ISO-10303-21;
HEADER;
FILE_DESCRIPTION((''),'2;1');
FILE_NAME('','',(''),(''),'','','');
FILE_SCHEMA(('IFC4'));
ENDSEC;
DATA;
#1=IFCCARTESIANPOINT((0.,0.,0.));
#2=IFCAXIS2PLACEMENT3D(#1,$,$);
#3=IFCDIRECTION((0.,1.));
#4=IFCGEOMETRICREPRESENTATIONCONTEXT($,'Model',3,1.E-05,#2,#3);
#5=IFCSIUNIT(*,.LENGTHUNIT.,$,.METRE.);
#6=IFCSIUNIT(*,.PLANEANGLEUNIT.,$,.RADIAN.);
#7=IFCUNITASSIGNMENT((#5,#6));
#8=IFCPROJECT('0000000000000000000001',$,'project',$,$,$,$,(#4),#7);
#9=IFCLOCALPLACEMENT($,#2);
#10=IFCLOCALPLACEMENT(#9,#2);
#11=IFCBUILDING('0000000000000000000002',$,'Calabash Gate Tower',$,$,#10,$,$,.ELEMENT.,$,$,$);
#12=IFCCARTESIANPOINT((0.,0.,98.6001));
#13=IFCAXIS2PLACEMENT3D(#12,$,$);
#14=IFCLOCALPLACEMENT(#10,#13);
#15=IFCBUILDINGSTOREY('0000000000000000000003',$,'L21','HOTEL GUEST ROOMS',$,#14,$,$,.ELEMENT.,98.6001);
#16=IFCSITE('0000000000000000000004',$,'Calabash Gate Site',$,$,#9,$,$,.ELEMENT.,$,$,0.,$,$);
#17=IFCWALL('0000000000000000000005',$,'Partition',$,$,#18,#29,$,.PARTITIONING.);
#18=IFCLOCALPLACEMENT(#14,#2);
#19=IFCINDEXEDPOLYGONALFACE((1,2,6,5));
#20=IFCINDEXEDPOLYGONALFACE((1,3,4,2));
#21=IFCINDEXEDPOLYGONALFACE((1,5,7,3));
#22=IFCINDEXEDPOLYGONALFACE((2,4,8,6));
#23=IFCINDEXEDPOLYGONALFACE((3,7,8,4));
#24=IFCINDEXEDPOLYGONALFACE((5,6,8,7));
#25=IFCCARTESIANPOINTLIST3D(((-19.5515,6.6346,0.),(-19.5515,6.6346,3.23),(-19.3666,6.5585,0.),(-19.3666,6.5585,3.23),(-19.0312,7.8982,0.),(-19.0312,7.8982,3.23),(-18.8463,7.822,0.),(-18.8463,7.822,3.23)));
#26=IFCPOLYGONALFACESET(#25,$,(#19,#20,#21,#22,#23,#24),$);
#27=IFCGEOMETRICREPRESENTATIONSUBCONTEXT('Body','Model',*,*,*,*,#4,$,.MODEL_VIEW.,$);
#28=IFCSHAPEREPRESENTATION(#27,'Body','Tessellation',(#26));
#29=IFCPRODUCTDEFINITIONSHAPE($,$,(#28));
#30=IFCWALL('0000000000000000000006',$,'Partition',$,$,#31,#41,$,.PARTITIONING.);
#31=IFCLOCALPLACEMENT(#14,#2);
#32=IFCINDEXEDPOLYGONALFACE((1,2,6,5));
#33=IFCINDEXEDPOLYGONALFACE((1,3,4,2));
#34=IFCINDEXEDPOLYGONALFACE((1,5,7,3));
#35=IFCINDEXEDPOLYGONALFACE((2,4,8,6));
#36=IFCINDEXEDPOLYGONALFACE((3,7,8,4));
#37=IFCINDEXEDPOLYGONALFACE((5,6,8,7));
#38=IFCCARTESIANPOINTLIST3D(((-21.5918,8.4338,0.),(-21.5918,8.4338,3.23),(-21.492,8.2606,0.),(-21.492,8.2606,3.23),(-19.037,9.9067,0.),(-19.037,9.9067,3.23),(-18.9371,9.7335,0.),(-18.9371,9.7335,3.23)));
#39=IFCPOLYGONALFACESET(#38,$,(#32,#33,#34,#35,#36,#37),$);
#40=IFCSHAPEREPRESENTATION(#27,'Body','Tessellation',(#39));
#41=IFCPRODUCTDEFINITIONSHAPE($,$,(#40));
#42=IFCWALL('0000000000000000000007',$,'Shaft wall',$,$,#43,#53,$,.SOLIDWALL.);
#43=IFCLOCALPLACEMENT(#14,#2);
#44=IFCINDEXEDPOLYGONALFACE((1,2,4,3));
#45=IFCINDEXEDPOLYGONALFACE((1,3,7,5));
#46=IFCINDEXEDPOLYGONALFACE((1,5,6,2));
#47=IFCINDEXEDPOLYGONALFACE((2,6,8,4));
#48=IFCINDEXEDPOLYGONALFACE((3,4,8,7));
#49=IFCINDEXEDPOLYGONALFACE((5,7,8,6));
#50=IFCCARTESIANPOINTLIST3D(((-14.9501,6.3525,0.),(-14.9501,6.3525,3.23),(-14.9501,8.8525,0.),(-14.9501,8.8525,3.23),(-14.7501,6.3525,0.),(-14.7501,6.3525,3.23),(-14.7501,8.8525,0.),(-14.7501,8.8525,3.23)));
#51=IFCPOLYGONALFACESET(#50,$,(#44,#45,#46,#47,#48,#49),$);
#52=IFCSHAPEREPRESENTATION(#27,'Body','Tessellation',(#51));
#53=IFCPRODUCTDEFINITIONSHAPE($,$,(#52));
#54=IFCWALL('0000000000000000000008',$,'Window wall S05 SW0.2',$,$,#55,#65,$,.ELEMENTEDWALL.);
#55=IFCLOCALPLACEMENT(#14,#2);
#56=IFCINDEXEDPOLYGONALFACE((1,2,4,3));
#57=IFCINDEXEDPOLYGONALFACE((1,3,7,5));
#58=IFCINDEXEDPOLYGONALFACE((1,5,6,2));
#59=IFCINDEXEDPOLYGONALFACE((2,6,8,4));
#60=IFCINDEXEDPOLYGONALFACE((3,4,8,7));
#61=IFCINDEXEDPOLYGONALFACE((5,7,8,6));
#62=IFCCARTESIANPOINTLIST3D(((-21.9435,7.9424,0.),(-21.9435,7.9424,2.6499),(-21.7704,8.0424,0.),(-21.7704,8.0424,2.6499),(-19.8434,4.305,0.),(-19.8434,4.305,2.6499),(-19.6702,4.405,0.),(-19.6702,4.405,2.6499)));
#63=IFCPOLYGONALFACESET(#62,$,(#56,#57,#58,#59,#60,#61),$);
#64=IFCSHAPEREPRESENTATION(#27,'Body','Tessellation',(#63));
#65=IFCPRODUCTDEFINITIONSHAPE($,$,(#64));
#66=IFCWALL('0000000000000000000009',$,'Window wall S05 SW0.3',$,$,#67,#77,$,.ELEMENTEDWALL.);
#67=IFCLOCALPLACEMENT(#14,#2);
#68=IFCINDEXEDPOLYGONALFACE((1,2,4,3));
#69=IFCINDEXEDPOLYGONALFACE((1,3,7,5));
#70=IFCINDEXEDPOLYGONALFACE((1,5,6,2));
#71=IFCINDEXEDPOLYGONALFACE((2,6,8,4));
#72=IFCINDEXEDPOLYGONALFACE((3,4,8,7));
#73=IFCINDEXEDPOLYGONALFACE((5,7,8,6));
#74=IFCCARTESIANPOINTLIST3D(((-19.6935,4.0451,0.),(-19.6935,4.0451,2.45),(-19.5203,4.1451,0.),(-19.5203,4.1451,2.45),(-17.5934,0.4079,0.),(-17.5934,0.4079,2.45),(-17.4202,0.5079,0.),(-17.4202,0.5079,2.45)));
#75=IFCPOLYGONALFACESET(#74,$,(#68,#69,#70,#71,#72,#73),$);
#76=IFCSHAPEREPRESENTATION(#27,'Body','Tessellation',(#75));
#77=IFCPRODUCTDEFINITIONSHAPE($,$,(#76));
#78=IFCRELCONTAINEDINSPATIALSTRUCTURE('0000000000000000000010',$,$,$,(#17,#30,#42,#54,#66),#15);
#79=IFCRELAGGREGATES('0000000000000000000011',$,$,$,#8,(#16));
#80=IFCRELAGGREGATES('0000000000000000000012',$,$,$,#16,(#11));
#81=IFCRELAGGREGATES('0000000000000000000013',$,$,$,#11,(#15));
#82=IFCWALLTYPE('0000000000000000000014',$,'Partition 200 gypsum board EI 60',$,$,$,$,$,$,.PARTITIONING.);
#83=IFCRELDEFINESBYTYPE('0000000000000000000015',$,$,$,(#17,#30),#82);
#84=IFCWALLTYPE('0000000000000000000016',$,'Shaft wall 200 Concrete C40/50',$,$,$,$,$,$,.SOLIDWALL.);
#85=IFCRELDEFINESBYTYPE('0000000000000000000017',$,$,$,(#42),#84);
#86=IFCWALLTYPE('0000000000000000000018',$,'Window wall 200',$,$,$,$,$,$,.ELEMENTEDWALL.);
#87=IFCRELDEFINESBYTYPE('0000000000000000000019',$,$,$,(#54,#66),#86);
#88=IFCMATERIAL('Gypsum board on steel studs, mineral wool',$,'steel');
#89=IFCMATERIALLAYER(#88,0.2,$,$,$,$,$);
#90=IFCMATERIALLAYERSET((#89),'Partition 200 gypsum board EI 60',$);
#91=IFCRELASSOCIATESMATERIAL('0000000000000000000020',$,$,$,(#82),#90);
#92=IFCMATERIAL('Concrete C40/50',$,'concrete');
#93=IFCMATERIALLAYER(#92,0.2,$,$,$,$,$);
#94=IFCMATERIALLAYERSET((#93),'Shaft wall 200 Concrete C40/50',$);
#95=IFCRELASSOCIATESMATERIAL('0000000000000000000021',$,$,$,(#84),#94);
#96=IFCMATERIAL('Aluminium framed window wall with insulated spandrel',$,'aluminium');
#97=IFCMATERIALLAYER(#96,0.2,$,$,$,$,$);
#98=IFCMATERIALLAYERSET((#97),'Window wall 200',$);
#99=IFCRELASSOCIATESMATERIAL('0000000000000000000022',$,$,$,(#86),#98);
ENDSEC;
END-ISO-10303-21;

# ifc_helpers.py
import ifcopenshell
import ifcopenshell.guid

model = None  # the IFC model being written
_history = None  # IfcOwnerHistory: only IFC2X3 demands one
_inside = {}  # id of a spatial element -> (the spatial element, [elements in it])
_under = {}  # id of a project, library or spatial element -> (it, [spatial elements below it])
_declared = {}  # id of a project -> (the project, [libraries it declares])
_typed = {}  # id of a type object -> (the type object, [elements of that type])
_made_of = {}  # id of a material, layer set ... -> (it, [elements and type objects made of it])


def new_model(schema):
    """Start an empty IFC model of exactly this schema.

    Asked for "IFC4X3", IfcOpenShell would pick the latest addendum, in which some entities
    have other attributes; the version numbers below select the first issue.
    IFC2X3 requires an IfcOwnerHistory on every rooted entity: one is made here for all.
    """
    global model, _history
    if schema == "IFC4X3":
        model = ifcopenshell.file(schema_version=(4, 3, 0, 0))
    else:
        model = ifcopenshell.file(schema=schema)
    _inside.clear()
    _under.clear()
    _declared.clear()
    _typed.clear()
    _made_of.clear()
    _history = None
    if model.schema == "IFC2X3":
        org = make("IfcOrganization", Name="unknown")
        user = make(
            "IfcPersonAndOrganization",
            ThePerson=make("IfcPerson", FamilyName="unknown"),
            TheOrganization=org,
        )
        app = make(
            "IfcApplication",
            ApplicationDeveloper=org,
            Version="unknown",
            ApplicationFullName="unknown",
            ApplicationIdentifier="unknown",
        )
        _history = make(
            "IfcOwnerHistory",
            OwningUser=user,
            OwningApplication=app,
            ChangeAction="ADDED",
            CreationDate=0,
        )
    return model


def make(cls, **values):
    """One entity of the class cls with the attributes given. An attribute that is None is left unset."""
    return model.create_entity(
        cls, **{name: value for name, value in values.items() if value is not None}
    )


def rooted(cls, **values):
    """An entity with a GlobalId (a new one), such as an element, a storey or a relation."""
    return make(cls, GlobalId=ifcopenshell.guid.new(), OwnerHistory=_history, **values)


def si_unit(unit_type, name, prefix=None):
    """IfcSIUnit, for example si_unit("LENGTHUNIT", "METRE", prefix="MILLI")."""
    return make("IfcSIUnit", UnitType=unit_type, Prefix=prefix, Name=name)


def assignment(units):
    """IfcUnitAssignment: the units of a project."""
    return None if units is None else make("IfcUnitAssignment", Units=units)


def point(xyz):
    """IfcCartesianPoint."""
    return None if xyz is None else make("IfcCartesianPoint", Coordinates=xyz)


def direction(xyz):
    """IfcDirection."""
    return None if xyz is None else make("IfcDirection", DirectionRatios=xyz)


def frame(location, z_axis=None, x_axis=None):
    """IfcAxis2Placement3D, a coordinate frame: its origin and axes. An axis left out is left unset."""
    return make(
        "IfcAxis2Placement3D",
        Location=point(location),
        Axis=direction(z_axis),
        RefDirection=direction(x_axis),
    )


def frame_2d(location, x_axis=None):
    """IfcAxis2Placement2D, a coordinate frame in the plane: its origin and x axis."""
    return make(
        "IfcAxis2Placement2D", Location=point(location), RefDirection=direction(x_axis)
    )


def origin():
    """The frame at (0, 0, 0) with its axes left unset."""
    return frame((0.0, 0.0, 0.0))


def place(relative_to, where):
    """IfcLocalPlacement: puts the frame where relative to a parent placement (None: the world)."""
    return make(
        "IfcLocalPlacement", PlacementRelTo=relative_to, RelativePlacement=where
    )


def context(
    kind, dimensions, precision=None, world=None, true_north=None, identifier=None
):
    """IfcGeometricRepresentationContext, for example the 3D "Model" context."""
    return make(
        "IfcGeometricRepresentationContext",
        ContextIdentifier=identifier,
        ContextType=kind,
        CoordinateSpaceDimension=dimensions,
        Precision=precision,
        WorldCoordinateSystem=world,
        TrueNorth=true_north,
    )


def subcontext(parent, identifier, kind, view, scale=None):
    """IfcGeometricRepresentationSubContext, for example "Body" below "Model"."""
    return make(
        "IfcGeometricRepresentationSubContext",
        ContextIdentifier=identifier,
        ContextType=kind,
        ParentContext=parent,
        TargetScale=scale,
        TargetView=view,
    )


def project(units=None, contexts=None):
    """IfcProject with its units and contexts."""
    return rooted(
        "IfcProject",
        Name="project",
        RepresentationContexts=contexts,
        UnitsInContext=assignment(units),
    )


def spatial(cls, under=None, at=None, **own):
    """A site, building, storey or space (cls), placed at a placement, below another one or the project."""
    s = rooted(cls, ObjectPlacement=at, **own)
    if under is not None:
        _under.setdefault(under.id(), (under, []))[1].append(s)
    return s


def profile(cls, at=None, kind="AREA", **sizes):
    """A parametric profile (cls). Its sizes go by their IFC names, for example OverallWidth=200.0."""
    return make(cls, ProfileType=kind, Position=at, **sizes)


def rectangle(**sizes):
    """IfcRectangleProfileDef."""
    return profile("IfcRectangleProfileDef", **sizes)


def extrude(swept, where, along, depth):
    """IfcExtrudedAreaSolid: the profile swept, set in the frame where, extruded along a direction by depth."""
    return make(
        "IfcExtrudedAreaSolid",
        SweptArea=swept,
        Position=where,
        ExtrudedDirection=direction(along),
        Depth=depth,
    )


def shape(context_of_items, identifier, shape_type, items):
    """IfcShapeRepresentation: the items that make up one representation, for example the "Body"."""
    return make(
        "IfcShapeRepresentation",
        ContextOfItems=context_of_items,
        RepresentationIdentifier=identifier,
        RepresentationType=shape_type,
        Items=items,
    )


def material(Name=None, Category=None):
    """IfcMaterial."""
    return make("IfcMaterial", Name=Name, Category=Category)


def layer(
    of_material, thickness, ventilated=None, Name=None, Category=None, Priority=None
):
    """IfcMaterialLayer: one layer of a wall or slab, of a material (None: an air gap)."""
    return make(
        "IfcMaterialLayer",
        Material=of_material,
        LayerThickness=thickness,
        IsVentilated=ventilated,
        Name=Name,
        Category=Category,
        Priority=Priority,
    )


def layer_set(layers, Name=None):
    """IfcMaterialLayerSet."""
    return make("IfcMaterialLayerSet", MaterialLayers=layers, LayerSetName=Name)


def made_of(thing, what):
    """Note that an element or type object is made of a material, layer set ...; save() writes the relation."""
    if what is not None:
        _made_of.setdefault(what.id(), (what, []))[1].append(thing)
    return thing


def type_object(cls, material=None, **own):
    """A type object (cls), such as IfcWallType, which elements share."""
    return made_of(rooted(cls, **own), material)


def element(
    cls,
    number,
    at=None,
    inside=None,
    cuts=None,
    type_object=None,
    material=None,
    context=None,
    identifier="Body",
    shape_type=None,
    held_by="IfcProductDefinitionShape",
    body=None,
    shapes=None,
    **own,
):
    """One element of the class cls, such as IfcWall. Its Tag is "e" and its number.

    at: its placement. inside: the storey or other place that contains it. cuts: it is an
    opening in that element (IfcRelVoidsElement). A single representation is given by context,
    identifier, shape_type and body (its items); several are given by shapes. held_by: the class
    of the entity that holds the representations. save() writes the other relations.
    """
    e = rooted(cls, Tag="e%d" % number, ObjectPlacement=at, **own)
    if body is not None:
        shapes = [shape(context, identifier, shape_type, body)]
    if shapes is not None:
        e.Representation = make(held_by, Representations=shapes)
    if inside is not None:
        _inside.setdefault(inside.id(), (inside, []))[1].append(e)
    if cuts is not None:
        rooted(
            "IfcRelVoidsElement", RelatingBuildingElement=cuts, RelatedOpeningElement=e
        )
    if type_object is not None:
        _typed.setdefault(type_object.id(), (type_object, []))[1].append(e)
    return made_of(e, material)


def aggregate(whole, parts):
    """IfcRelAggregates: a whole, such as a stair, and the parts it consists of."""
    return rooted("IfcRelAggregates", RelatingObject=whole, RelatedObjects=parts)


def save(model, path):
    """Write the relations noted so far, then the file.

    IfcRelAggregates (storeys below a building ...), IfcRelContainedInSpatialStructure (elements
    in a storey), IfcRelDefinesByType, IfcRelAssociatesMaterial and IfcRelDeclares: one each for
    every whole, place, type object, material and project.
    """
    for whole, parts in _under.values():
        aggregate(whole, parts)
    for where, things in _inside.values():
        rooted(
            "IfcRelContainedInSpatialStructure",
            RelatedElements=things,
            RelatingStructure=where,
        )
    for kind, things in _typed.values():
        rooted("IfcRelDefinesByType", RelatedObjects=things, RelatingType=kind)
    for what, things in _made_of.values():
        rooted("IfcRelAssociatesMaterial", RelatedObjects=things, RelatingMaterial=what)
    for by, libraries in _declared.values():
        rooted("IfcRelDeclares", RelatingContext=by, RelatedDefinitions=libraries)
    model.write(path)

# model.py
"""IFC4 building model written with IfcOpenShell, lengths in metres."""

from ifc_helpers import new_model, si_unit, direction, frame, frame_2d, origin, place, context, subcontext, project, spatial, rectangle, extrude, material, layer, layer_set, type_object, element, save


model = new_model("IFC4")

# Units and contexts
model_context = context("Model", 3, precision=1e-05, world=origin(), true_north=direction((0.0, 1.0)))
body_context = subcontext(model_context, "Body", "Model", "MODEL_VIEW")
ifc_project = project(units=[si_unit("LENGTHUNIT", "METRE"), si_unit("PLANEANGLEUNIT", "RADIAN")], contexts=[model_context])

# Site, building, storey
site_placement = place(None, origin())
site = spatial("IfcSite", under=ifc_project, at=site_placement, Name="Calabash Gate Site", CompositionType="ELEMENT", RefElevation=0.0)
building_placement = place(site_placement, origin())
building = spatial("IfcBuilding", under=site, at=building_placement, Name="Calabash Gate Tower", CompositionType="ELEMENT")
storey_placement = place(building_placement, frame((0.0, 0.0, 98.6001)))
storey = spatial("IfcBuildingStorey", under=building, at=storey_placement, Name="L21", Description="HOTEL GUEST ROOMS", CompositionType="ELEMENT", Elevation=98.6001)

# Shared definitions
ifc_material_1 = material(Name="Gypsum board on steel studs, mineral wool", Category="steel")
ifc_layer_1 = layer(ifc_material_1, 0.2)
ifc_layer_set_1 = layer_set([ifc_layer_1], Name="Partition 200 gypsum board EI 60")
wall_type_1 = type_object("IfcWallType", Name="Partition 200 gypsum board EI 60", PredefinedType="PARTITIONING", material=ifc_layer_set_1)

# Walls
wall_1_placement = place(storey_placement, frame((-19.459, 6.5967, 0.0), z_axis=(0.0, 0.0, 1.0), x_axis=(0.380768, 0.924671, 0.0)))
element("IfcWall", 1, at=wall_1_placement, inside=storey, type_object=wall_type_1, Name="Partition", PredefinedType="PARTITIONING", context=body_context, shape_type="SweptSolid", body=[
    extrude(rectangle(XDim=1.3665, YDim=0.2, at=frame_2d((0.6831, 0.0))), origin(), (0.0, 0.0, 1.0), 3.23),
])
wall_2_placement = place(storey_placement, frame((-21.542, 8.3472, 0.0), z_axis=(0.0, 0.0, 1.0), x_axis=(0.866347, 0.499443, 0.0)))
element("IfcWall", 2, at=wall_2_placement, inside=storey, type_object=wall_type_1, Name="Partition", PredefinedType="PARTITIONING", context=body_context, shape_type="SweptSolid", body=[
    extrude(rectangle(XDim=2.949, YDim=0.2, at=frame_2d((1.4746, 0.0))), origin(), (0.0, 0.0, 1.0), 3.23),
])
ifc_material_2 = material(Name="Concrete C40/50", Category="concrete")
ifc_layer_2 = layer(ifc_material_2, 0.2)
ifc_layer_set_2 = layer_set([ifc_layer_2], Name="Shaft wall 200 Concrete C40/50")
wall_type_2 = type_object("IfcWallType", Name="Shaft wall 200 Concrete C40/50", PredefinedType="SOLIDWALL", material=ifc_layer_set_2)
wall_3_placement = place(storey_placement, frame((-14.8501, 6.3525, 0.0), z_axis=(0.0, 0.0, 1.0), x_axis=(0.0, 1.0, 0.0)))
element("IfcWall", 3, at=wall_3_placement, inside=storey, type_object=wall_type_2, Name="Shaft wall", PredefinedType="SOLIDWALL", context=body_context, shape_type="SweptSolid", body=[
    extrude(rectangle(XDim=2.5, YDim=0.2, at=frame_2d((1.25, 0.0))), origin(), (0.0, 0.0, 1.0), 3.23),
])
ifc_material_3 = material(Name="Aluminium framed window wall with insulated spandrel", Category="aluminium")
ifc_layer_3 = layer(ifc_material_3, 0.2)
ifc_layer_set_3 = layer_set([ifc_layer_3], Name="Window wall 200")
wall_type_3 = type_object("IfcWallType", Name="Window wall 200", PredefinedType="ELEMENTEDWALL", material=ifc_layer_set_3)
wall_4_placement = place(storey_placement, frame((-21.8569, 7.9924, 0.0), z_axis=(0.0, 0.0, 1.0), x_axis=(0.500003, -0.866024, 0.0)))
element("IfcWall", 4, at=wall_4_placement, inside=storey, type_object=wall_type_3, Name="Window wall S05 SW0.2", PredefinedType="ELEMENTEDWALL", context=body_context, shape_type="SweptSolid", body=[
    extrude(rectangle(XDim=4.2002, YDim=0.2, at=frame_2d((2.1001, 0.0))), origin(), (0.0, 0.0, 1.0), 2.6499),
])
wall_5_placement = place(storey_placement, frame((-19.6069, 4.0952, 0.0), z_axis=(0.0, 0.0, 1.0), x_axis=(0.500028, -0.866009, 0.0)))
element("IfcWall", 5, at=wall_5_placement, inside=storey, type_object=wall_type_3, Name="Window wall S05 SW0.3", PredefinedType="ELEMENTEDWALL", context=body_context, shape_type="SweptSolid", body=[
    extrude(rectangle(XDim=4.2, YDim=0.2, at=frame_2d((2.1001, 0.0))), origin(), (0.0, 0.0, 1.0), 2.45),
])

save(model, "model.ifc")
